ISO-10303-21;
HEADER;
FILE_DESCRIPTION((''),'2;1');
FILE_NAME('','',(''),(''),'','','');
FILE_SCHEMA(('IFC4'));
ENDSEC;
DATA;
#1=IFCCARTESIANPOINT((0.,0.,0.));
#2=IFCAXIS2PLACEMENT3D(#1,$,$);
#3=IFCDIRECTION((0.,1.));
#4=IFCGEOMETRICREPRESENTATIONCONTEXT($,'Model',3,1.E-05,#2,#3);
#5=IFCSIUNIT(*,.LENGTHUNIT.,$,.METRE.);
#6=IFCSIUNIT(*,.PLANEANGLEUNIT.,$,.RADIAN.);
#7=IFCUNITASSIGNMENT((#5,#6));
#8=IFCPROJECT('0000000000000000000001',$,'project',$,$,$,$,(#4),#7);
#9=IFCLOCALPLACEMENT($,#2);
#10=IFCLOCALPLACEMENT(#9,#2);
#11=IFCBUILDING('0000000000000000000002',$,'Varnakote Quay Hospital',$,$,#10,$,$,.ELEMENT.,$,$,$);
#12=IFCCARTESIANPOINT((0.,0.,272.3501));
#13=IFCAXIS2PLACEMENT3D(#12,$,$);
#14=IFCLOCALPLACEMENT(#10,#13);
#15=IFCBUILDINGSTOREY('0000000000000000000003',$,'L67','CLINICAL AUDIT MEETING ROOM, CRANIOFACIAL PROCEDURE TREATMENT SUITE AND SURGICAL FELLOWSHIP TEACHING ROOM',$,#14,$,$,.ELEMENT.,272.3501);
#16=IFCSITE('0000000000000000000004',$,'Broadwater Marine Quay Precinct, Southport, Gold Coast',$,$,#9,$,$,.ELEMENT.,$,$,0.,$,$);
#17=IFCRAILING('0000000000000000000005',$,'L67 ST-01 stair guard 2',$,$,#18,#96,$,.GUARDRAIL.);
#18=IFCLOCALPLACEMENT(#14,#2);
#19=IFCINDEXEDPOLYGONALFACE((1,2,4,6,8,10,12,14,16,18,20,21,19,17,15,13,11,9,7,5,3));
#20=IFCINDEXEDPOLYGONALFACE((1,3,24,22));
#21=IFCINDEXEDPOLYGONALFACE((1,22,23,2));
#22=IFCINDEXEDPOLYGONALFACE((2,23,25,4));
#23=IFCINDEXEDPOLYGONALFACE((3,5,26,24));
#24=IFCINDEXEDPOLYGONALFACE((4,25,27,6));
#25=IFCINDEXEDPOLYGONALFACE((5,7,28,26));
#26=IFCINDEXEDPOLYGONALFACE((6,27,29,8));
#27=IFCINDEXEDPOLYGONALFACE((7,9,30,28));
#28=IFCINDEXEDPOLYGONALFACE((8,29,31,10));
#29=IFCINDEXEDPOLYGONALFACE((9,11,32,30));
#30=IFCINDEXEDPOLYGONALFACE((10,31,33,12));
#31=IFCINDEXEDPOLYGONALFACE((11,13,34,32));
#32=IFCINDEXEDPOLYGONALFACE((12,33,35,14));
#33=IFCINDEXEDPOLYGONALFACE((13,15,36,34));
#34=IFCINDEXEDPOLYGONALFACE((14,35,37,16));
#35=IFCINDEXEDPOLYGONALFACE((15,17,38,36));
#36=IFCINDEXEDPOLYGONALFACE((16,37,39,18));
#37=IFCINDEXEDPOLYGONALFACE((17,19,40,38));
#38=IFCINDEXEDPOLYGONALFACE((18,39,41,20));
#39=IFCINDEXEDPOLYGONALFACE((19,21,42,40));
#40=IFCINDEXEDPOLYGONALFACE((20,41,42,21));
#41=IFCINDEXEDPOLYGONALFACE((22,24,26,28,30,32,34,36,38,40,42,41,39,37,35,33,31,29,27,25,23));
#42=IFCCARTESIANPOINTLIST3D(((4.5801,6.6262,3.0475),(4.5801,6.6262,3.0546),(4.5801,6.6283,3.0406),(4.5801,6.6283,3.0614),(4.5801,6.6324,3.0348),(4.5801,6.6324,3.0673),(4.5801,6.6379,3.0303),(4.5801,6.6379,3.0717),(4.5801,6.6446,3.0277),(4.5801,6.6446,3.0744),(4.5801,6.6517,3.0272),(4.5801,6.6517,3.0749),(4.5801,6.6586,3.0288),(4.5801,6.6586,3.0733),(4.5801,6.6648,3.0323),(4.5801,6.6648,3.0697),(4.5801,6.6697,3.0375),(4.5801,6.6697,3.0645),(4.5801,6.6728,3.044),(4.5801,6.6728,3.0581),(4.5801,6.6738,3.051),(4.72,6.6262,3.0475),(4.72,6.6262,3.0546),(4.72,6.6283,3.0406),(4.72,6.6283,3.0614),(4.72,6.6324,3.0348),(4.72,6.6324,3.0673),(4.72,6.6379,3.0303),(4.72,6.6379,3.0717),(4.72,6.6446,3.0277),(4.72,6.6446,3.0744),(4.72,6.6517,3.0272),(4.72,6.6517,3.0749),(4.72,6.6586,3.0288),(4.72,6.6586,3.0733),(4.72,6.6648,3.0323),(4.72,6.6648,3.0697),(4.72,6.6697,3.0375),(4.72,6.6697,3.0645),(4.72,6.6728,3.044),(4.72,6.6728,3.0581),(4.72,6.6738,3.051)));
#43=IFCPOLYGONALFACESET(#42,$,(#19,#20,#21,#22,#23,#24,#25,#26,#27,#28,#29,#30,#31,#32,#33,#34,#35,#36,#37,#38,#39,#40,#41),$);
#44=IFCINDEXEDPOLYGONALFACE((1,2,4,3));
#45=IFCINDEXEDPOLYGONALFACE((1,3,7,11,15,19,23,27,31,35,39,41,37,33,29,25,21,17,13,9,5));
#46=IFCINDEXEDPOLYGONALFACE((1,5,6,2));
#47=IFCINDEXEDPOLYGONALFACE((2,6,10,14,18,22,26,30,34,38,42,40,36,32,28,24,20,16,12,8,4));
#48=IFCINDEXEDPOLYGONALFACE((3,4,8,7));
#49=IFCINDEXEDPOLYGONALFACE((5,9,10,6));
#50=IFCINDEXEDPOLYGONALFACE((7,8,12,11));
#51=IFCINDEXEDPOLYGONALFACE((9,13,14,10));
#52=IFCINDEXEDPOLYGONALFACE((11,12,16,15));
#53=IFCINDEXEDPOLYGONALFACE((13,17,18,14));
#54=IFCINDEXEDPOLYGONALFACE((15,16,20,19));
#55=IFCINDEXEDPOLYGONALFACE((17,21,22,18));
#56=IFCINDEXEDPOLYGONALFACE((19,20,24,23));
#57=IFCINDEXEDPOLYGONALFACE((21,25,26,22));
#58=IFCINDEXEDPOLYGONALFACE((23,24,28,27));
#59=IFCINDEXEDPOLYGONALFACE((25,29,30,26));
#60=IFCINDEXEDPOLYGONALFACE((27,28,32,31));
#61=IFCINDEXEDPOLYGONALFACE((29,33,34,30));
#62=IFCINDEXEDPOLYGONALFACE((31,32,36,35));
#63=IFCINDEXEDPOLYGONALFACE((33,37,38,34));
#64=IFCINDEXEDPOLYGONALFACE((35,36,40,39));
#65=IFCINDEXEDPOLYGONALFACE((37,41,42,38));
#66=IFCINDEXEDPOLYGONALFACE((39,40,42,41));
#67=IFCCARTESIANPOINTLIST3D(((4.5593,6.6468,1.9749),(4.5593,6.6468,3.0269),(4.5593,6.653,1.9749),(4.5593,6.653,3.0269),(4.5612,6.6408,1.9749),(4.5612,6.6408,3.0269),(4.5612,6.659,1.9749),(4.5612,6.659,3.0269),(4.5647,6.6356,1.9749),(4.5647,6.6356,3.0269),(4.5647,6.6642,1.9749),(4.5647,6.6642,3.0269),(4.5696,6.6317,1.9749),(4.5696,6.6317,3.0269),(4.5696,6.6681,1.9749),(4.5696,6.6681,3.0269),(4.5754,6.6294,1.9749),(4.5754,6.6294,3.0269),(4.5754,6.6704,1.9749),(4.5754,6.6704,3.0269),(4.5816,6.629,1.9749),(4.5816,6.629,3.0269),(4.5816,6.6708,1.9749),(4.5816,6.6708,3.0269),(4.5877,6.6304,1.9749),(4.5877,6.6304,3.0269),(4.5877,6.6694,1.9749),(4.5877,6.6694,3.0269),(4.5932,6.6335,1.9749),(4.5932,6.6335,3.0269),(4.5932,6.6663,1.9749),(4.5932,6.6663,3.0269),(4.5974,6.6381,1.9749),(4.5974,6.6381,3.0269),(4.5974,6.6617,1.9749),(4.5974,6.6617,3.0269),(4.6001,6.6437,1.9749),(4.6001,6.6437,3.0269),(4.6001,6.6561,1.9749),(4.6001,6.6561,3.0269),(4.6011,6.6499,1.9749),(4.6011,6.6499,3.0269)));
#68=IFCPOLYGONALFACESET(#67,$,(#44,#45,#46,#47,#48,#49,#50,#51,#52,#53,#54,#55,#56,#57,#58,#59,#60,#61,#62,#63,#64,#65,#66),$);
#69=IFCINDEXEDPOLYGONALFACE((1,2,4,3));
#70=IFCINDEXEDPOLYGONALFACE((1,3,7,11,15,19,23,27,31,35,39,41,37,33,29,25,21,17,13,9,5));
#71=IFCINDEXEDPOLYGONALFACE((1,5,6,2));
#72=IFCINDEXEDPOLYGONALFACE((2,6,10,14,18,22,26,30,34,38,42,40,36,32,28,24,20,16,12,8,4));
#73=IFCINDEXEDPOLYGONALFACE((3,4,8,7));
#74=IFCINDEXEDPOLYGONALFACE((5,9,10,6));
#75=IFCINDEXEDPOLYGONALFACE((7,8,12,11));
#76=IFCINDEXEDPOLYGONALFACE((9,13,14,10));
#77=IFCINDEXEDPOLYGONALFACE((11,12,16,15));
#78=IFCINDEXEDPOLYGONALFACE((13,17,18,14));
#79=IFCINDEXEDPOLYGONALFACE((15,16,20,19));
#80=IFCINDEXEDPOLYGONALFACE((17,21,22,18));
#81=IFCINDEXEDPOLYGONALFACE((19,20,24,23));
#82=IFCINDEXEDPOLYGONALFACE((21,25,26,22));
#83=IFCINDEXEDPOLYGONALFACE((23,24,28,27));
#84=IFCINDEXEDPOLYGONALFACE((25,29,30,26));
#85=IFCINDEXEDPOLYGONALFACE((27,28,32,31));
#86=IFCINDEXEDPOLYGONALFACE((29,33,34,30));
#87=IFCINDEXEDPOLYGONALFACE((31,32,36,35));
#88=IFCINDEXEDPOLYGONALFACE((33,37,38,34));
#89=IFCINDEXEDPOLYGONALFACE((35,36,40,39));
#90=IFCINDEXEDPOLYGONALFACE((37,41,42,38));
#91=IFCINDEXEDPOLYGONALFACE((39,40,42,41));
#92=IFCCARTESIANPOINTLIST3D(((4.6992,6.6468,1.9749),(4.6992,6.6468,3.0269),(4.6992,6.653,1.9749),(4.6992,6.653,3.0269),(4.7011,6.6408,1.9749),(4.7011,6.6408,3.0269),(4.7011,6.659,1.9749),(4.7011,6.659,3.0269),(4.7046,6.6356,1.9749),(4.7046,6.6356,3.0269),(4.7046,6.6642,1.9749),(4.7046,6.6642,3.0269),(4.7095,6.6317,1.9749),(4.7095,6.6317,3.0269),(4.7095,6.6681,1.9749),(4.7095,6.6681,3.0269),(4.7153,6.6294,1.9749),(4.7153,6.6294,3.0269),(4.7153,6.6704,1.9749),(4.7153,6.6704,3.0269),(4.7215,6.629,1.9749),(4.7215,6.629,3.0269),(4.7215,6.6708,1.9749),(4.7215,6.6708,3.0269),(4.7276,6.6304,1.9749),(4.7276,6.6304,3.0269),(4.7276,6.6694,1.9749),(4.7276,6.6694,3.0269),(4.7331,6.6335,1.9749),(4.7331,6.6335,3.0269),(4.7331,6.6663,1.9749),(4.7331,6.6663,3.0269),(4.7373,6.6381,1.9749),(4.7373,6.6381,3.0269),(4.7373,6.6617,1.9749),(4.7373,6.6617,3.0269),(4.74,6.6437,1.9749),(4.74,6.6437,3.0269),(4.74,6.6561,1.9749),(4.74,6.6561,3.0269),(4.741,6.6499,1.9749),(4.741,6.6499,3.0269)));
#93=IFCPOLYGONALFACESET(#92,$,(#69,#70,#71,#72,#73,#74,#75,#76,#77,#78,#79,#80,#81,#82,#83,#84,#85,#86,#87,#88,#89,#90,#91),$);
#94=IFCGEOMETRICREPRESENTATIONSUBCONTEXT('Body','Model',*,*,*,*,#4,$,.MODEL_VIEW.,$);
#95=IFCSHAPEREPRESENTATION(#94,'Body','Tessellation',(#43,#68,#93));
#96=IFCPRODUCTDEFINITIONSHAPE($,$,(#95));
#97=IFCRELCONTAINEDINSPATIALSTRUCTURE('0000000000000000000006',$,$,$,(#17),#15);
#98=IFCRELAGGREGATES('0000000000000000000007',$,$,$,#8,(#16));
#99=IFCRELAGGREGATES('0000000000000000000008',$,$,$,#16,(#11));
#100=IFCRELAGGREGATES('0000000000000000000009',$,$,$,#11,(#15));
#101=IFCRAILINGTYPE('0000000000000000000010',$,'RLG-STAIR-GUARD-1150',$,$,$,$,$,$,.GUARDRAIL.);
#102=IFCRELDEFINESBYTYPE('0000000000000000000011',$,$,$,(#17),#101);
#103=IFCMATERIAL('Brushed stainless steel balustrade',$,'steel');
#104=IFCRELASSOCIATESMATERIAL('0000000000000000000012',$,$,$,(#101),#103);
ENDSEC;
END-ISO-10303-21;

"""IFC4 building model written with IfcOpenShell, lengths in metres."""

from ifc_helpers import new_model, si_unit, direction, frame, origin, origin_2d, place, context, subcontext, project, spatial, circle, extrude, material, type_object, element, save


model = new_model("IFC4")

# Units and contexts
model_context = context("Model", 3, precision=1e-05, world=origin(), true_north=direction((0.0, 1.0)))
body_context = subcontext(model_context, "Body", "Model", "MODEL_VIEW")
ifc_project = project(units=[si_unit("LENGTHUNIT", "METRE"), si_unit("PLANEANGLEUNIT", "RADIAN")], contexts=[model_context])

# Site, building, storey
site_placement = place(None, origin())
site = spatial("IfcSite", under=ifc_project, at=site_placement, Name="Broadwater Marine Quay Precinct, Southport, Gold Coast", CompositionType="ELEMENT", RefElevation=0.0)
building_placement = place(site_placement, origin())
building = spatial("IfcBuilding", under=site, at=building_placement, Name="Varnakote Quay Hospital", CompositionType="ELEMENT")
storey_placement = place(building_placement, frame((0.0, 0.0, 272.3501)))
storey = spatial("IfcBuildingStorey", under=building, at=storey_placement, Name="L67", Description="CLINICAL AUDIT MEETING ROOM, CRANIOFACIAL PROCEDURE TREATMENT SUITE AND SURGICAL FELLOWSHIP TEACHING ROOM", CompositionType="ELEMENT", Elevation=272.3501)

# Railing
ifc_material_1 = material(Name="Brushed stainless steel balustrade", Category="steel")
railing_type_1 = type_object("IfcRailingType", Name="RLG-STAIR-GUARD-1150", PredefinedType="GUARDRAIL", material=ifc_material_1)
railing_1_placement = place(storey_placement, frame((4.5801, 6.6499, 1.9749)))
element("IfcRailing", 1, at=railing_1_placement, inside=storey, type_object=railing_type_1, Name="L67 ST-01 stair guard 2", PredefinedType="GUARDRAIL", context=body_context, shape_type="SweptSolid", body=[
    extrude(circle(Radius=0.0239, at=origin_2d()), frame((0.0, 0.0, 1.0762), z_axis=(1.0, 0.0, 0.0), x_axis=(0.0, 1.0, 0.0)), (0.0, 0.0, 1.0), 0.1399),
    extrude(circle(Radius=0.021, at=origin_2d()), origin(), (0.0, 0.0, 1.0), 1.052),
    extrude(circle(Radius=0.021, at=origin_2d()), frame((0.1399, 0.0, 0.0)), (0.0, 0.0, 1.0), 1.052),
])

save(model, "model.ifc")
